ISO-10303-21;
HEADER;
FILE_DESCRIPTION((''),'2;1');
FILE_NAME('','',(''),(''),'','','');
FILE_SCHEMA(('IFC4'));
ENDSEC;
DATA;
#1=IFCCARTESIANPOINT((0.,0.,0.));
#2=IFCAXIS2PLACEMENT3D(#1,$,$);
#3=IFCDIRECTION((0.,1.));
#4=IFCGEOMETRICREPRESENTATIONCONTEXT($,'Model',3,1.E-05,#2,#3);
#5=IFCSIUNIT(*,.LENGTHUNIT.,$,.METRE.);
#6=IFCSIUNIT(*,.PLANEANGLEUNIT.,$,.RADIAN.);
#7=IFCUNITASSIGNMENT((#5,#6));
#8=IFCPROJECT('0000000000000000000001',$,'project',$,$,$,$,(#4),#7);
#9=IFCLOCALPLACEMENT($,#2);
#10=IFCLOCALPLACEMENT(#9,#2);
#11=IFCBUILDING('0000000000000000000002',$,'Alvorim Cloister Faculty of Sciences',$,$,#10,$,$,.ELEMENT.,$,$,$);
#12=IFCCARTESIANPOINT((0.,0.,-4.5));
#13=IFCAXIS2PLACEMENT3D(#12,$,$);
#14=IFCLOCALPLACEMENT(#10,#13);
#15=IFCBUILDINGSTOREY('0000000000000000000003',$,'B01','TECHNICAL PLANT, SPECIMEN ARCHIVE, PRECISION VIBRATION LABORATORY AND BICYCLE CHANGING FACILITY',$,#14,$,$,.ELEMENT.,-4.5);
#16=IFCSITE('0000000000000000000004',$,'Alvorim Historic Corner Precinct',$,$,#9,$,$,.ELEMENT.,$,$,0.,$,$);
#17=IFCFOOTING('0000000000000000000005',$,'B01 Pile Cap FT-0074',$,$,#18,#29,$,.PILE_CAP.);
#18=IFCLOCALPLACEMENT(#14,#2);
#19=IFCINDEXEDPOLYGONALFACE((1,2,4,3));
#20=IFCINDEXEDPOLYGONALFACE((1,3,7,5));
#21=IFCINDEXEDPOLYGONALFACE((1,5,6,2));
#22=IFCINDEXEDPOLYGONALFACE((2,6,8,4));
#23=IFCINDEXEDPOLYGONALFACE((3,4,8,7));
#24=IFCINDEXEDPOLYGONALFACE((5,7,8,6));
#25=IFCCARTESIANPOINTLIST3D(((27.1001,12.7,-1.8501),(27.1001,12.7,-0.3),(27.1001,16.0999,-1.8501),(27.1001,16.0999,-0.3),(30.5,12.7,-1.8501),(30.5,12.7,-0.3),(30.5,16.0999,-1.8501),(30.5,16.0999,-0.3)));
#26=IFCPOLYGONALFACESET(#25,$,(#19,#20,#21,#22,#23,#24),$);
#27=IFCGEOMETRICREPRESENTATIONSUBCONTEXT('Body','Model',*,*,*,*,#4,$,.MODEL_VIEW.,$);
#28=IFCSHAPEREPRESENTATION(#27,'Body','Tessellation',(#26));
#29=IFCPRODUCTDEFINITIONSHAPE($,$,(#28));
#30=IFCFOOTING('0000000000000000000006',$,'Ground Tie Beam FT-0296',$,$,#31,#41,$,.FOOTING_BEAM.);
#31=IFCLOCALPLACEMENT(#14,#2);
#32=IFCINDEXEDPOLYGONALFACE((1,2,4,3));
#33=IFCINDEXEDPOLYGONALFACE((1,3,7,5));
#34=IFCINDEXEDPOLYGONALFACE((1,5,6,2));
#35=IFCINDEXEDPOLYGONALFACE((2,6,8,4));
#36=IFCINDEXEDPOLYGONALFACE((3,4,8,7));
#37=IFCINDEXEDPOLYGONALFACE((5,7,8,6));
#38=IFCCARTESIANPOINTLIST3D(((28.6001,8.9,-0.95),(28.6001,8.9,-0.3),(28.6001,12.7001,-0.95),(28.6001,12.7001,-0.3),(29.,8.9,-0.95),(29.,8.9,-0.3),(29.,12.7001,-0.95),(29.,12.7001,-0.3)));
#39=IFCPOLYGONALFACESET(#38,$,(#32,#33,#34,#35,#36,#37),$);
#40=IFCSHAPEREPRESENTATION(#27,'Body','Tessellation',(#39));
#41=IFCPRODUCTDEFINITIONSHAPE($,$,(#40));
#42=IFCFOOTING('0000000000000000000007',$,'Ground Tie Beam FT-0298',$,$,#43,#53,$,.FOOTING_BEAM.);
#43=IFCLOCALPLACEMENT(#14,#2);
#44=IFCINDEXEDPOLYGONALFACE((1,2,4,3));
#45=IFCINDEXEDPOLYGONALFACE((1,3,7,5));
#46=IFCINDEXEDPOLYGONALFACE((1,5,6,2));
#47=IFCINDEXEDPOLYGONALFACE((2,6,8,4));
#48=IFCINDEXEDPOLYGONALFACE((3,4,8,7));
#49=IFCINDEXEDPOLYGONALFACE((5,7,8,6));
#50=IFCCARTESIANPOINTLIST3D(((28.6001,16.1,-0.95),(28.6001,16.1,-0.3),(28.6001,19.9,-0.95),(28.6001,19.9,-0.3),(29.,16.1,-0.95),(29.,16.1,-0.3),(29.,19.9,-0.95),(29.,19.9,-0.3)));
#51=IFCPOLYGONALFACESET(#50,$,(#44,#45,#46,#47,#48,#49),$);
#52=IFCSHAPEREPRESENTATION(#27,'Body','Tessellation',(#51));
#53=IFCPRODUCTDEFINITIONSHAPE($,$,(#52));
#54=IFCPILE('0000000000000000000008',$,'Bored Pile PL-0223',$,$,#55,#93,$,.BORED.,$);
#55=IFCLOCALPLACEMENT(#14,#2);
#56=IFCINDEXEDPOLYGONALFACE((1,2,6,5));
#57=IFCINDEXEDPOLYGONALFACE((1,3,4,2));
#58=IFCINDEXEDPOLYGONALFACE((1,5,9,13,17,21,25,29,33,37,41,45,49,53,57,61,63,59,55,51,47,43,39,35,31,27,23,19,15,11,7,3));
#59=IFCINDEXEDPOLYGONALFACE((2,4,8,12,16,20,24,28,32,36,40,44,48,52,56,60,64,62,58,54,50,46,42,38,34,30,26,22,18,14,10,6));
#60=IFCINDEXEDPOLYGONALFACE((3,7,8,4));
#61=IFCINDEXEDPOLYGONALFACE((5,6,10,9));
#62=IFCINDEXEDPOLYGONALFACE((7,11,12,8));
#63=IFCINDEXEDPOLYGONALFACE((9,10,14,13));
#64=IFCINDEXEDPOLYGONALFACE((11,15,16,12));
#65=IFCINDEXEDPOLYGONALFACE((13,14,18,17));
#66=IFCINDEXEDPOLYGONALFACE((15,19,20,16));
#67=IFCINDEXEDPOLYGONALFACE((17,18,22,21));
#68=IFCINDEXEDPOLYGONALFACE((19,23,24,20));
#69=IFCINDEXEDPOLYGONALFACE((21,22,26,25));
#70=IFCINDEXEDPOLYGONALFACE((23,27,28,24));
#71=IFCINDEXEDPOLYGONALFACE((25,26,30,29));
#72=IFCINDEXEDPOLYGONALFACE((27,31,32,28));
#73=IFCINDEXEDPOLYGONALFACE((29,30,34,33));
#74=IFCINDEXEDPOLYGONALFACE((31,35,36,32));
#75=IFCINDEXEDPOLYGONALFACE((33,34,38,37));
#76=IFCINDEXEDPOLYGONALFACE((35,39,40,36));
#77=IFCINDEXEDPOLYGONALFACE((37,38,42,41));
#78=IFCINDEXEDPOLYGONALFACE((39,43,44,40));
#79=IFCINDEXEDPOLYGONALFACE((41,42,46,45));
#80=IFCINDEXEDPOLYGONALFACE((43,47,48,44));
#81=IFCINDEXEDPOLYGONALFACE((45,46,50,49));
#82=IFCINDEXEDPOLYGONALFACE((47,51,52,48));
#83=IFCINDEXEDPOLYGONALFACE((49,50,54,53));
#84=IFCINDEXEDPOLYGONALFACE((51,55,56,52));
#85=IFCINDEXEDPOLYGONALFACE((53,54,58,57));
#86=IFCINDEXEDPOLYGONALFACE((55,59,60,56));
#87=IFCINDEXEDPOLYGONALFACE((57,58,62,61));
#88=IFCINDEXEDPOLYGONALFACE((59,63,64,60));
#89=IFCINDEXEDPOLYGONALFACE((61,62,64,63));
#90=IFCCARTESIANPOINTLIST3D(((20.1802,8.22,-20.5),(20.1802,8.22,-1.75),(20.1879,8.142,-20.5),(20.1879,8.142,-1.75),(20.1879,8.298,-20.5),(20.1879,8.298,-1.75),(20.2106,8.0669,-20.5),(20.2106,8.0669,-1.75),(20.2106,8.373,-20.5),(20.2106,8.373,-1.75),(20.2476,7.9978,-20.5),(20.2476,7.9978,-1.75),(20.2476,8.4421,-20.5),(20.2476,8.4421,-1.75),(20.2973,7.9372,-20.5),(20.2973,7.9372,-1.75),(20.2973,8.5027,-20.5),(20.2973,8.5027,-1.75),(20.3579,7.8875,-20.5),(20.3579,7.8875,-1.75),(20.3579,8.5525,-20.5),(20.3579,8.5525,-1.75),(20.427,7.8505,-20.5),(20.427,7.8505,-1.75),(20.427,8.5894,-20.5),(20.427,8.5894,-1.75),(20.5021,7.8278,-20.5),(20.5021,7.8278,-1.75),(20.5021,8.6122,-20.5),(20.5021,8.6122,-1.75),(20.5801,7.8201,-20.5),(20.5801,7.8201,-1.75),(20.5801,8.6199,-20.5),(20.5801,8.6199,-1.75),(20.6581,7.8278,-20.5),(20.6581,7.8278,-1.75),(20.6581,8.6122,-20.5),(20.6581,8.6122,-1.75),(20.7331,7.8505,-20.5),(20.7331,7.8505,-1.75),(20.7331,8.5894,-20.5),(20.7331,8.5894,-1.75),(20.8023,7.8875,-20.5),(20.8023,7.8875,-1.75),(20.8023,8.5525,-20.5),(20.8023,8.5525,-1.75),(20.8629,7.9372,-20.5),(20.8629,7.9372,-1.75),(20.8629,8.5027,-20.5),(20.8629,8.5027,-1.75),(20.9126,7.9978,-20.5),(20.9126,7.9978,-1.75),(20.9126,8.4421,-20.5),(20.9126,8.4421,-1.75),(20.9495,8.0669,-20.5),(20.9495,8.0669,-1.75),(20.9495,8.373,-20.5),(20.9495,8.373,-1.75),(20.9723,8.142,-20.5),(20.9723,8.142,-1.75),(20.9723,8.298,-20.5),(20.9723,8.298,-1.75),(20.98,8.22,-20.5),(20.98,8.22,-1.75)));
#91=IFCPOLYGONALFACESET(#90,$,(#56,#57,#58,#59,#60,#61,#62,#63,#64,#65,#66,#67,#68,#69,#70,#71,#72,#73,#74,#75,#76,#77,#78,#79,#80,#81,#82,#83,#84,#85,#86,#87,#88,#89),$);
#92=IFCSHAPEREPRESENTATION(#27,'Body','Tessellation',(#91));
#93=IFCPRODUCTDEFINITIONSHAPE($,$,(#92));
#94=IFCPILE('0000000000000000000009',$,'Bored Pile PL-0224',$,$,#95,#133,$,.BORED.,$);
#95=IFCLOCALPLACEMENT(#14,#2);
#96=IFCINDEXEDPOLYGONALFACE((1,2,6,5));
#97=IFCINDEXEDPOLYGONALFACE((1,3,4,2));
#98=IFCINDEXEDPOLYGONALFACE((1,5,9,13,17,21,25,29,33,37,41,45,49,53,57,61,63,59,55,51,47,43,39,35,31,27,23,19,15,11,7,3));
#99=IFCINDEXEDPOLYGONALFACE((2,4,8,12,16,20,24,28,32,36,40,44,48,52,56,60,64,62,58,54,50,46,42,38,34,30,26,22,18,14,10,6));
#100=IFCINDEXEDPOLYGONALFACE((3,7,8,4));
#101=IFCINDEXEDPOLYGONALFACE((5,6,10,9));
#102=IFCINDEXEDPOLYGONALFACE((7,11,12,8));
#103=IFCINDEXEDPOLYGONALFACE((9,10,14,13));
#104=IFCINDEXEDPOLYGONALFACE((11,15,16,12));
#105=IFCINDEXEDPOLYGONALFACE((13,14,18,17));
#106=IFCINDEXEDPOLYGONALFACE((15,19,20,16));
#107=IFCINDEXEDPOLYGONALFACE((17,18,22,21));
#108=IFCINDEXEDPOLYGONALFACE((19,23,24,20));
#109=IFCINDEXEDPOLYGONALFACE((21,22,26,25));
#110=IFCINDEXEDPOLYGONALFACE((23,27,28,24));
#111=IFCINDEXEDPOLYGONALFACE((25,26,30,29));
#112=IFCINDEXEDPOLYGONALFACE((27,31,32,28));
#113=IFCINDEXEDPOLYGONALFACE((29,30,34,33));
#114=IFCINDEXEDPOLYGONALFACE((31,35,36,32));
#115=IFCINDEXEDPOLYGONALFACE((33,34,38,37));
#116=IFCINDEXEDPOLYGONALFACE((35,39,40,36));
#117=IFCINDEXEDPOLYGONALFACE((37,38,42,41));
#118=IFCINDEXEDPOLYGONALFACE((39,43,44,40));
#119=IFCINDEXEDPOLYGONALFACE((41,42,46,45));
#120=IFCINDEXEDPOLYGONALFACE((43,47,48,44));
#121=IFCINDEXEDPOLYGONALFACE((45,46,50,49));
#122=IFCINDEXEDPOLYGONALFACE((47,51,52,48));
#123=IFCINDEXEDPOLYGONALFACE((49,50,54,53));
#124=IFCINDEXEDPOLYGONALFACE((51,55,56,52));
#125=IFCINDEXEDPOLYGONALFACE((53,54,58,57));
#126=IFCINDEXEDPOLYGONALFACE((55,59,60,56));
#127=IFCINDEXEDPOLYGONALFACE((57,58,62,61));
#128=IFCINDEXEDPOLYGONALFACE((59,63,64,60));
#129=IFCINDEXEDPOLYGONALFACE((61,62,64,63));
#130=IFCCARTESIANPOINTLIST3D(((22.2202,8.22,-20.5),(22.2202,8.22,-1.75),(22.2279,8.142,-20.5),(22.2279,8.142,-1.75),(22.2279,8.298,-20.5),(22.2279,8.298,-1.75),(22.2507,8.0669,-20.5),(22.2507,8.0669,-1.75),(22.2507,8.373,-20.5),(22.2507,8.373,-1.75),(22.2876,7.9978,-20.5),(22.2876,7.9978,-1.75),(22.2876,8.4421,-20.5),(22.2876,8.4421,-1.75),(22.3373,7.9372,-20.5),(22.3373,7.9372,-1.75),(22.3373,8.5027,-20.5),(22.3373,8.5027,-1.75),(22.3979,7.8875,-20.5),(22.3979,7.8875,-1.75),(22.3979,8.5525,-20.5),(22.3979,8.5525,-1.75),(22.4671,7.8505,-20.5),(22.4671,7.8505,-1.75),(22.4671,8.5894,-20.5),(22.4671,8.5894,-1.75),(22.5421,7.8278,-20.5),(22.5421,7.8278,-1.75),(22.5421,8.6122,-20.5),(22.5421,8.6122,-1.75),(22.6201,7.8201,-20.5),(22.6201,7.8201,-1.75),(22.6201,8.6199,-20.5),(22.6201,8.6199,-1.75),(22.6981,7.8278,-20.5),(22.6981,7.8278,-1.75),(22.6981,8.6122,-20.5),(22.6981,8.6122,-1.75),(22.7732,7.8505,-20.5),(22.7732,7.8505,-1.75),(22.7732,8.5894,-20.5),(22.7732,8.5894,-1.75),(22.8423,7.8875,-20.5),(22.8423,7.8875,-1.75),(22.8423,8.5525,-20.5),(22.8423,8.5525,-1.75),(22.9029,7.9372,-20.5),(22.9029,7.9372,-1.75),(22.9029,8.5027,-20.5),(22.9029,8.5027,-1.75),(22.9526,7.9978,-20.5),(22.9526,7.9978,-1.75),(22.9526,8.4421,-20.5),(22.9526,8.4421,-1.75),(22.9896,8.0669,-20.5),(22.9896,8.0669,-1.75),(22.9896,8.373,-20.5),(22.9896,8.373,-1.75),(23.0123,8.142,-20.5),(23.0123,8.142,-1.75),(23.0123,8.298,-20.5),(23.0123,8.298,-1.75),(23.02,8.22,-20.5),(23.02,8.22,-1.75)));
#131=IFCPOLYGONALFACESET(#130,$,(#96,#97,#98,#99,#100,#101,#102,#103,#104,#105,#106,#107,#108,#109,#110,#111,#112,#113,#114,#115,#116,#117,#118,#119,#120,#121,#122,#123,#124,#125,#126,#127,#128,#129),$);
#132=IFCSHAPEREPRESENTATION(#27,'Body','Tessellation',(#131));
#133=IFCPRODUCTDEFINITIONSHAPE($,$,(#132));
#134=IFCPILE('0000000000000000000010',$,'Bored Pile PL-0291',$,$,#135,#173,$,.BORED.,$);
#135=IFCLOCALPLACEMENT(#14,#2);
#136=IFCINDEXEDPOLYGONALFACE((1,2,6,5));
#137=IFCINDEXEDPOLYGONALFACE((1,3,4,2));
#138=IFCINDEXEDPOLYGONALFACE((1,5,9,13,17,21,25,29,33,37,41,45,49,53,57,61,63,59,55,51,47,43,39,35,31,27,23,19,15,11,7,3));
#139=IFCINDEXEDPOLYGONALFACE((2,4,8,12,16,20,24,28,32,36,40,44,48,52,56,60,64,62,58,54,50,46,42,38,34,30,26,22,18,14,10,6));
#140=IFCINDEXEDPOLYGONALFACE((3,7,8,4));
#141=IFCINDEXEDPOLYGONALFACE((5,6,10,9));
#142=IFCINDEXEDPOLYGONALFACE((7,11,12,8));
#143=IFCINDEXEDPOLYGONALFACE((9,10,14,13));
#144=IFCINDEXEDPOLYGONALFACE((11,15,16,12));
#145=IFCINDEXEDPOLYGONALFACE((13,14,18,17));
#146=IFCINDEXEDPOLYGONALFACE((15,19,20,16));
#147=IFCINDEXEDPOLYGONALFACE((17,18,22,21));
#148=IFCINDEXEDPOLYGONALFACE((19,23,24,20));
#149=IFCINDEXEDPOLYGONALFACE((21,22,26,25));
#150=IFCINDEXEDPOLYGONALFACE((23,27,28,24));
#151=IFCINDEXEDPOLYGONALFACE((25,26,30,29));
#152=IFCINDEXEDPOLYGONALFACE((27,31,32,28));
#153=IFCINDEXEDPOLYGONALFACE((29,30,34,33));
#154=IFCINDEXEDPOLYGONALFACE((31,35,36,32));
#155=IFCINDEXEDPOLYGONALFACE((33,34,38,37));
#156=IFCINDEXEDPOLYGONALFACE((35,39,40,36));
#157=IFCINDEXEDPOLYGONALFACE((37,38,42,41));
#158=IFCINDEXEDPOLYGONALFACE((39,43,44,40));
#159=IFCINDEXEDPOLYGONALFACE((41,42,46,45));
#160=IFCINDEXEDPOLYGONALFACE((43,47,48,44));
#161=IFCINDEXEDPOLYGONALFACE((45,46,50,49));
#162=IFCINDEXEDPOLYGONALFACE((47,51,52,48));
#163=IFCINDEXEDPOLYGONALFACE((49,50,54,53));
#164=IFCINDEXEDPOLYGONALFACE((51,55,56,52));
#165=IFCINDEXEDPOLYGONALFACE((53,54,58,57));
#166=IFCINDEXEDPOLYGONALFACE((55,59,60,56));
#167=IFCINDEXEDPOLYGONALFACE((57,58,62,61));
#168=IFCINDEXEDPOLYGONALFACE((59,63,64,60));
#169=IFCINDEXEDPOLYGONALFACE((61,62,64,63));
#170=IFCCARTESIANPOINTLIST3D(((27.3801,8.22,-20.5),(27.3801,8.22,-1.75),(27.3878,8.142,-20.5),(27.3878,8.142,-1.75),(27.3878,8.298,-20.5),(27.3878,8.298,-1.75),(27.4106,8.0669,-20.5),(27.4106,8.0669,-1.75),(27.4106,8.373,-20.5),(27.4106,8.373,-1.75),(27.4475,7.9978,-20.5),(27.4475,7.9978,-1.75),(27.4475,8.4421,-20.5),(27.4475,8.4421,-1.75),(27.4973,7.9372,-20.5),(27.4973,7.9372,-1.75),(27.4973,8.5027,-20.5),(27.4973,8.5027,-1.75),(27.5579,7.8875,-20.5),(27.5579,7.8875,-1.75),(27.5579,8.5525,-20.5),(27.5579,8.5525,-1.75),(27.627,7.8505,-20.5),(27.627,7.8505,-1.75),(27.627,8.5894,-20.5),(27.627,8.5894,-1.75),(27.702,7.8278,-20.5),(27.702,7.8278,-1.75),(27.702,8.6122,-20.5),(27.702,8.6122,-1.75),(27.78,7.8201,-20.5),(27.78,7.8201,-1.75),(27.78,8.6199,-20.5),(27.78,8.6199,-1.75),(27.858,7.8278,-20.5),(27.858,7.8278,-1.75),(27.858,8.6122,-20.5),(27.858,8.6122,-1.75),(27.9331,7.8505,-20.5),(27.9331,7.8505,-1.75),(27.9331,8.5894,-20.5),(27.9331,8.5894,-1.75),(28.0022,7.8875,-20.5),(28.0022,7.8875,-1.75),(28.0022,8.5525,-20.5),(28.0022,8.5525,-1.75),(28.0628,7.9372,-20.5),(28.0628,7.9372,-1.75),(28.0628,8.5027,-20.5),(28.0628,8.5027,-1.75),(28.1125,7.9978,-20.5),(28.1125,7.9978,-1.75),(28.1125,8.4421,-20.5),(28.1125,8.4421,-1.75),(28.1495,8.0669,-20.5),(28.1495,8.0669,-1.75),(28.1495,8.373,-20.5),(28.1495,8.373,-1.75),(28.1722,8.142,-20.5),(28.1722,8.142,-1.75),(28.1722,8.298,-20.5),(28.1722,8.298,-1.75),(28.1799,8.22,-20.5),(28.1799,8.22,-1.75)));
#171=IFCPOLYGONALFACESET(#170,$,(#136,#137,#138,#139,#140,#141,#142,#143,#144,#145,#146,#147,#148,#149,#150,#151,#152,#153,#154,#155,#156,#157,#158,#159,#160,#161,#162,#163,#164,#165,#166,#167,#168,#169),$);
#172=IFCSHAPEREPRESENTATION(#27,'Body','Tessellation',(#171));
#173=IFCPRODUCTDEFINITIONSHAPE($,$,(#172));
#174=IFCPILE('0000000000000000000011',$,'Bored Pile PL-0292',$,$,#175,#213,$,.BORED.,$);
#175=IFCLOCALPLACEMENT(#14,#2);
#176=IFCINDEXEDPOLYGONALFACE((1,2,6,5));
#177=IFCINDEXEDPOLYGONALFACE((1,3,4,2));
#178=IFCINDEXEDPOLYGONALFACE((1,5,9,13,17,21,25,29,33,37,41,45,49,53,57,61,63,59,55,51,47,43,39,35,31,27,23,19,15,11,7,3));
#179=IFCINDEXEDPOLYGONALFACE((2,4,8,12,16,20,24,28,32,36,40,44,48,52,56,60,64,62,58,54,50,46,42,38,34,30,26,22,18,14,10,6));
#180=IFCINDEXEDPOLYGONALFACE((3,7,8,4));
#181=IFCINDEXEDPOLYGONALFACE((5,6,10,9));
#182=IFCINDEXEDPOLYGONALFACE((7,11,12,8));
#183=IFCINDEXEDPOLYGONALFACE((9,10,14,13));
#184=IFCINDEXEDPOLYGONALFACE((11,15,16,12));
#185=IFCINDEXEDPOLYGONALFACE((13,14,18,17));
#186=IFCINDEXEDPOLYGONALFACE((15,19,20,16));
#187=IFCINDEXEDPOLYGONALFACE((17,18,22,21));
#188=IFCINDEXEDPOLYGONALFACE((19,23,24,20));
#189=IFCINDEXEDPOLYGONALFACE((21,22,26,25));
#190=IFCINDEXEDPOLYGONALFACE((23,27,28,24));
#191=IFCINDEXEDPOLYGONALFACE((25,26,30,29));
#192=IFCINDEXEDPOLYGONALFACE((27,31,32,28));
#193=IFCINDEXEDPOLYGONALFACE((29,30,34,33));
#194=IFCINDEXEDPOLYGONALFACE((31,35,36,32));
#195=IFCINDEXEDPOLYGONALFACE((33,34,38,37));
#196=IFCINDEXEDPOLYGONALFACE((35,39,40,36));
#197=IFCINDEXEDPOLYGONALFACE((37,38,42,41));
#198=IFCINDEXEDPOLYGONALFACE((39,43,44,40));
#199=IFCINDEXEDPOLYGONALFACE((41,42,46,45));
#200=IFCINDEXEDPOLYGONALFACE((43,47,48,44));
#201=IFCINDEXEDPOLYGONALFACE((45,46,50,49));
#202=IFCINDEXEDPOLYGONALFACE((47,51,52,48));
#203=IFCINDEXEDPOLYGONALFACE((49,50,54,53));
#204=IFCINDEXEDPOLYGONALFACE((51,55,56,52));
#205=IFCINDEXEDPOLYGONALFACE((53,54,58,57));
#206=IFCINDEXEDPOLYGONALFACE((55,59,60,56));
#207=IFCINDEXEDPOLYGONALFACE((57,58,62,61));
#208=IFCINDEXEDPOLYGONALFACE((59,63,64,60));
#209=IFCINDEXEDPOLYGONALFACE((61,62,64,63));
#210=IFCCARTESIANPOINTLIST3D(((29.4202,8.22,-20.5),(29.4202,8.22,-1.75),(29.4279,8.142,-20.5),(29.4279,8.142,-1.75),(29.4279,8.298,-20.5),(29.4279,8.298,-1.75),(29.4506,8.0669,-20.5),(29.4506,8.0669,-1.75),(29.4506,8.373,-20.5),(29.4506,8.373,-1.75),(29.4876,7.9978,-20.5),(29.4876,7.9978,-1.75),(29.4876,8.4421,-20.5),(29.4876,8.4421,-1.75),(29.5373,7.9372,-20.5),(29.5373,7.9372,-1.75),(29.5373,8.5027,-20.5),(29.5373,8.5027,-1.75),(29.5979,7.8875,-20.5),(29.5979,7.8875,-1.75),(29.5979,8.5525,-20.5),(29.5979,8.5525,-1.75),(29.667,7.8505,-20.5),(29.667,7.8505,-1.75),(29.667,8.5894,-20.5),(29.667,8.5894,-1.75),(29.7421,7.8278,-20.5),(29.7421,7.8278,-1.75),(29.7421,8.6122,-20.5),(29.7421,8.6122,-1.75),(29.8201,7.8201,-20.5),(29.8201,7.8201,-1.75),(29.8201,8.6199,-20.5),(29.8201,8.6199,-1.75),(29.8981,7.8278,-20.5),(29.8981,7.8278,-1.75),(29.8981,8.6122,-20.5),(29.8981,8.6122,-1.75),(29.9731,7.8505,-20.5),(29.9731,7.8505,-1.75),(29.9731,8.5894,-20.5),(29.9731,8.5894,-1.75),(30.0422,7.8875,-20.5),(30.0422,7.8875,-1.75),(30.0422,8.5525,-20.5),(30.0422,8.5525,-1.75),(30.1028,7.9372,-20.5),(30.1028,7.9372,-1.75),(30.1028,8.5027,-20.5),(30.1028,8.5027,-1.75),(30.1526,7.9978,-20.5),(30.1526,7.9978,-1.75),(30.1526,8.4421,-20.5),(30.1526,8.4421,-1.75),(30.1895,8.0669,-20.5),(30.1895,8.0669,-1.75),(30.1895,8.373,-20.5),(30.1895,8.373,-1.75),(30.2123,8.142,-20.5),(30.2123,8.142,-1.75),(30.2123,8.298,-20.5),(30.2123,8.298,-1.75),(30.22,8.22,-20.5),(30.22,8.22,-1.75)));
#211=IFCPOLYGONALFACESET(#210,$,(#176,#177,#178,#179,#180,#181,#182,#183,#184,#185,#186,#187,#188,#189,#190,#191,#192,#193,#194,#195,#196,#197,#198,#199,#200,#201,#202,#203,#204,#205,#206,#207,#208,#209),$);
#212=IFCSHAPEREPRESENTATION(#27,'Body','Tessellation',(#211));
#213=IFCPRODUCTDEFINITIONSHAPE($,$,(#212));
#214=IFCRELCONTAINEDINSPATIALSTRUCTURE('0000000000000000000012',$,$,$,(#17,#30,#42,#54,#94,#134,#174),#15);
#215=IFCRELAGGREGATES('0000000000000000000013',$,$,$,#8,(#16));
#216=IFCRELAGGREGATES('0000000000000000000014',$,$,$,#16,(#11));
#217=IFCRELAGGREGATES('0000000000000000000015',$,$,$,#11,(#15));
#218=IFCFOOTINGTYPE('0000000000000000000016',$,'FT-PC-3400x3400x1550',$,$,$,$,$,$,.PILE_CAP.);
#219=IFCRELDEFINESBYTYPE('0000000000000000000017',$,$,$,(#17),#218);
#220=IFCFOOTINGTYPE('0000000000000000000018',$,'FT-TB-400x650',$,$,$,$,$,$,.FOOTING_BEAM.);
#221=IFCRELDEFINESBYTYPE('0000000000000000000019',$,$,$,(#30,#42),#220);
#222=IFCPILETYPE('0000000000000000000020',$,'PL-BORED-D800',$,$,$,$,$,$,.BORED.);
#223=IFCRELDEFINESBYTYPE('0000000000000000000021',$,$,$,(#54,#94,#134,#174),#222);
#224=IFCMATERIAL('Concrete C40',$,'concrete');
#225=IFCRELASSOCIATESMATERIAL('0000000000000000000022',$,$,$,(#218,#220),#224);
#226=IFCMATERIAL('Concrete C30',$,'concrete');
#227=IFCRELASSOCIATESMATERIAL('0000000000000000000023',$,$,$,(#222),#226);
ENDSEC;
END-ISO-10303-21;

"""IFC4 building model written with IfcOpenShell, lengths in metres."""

from ifc_helpers import new_model, si_unit, direction, frame, origin, origin_2d, place, context, subcontext, project, spatial, rectangle, circle, extrude, material, material_profile, profile_set, type_object, element, save


model = new_model("IFC4")

# Units and contexts
model_context = context("Model", 3, precision=1e-05, world=origin(), true_north=direction((0.0, 1.0)))
body_context = subcontext(model_context, "Body", "Model", "MODEL_VIEW")
ifc_project = project(units=[si_unit("LENGTHUNIT", "METRE"), si_unit("PLANEANGLEUNIT", "RADIAN")], contexts=[model_context])

# Site, building, storey
site_placement = place(None, origin())
site = spatial("IfcSite", under=ifc_project, at=site_placement, Name="Alvorim Historic Corner Precinct", CompositionType="ELEMENT", RefElevation=0.0)
building_placement = place(site_placement, origin())
building = spatial("IfcBuilding", under=site, at=building_placement, Name="Alvorim Cloister Faculty of Sciences", CompositionType="ELEMENT")
storey_placement = place(building_placement, frame((0.0, 0.0, -4.5)))
storey = spatial("IfcBuildingStorey", under=building, at=storey_placement, Name="B01", Description="TECHNICAL PLANT, SPECIMEN ARCHIVE, PRECISION VIBRATION LABORATORY AND BICYCLE CHANGING FACILITY", CompositionType="ELEMENT", Elevation=-4.5)

# Footings
ifc_material_1 = material(Name="Concrete C40", Category="concrete")
footing_type_1 = type_object("IfcFootingType", Name="FT-PC-3400x3400x1550", PredefinedType="PILE_CAP", material=ifc_material_1)
footing_placement = place(storey_placement, frame((28.8, 14.3999, -1.8501), z_axis=(0.0, 0.0, 1.0), x_axis=(1.0, 0.0, 0.0)))
element("IfcFooting", 1, at=footing_placement, inside=storey, type_object=footing_type_1, Name="B01 Pile Cap FT-0074", PredefinedType="PILE_CAP", context=body_context, shape_type="SweptSolid", body=[
    extrude(rectangle(XDim=3.3999, YDim=3.3999, at=origin_2d()), origin(), (0.0, 0.0, 1.0), 1.55),
])
footing_type_2 = type_object("IfcFootingType", Name="FT-TB-400x650", PredefinedType="FOOTING_BEAM", material=ifc_material_1)
for number, where, z_axis, x_axis, name in (
    (2, (28.8, 10.8, -0.95), (0.0, 0.0, 1.0), (1.0, 0.0, 0.0), "Ground Tie Beam FT-0296"),
    (3, (28.8, 18.0, -0.95), (0.0, 0.0, 1.0), (1.0, 0.0, 0.0), "Ground Tie Beam FT-0298"),
):
    element("IfcFooting", number, at=place(storey_placement, frame(where, z_axis=z_axis, x_axis=x_axis)), inside=storey, type_object=footing_type_2, Name=name, PredefinedType="FOOTING_BEAM", context=body_context, shape_type="SweptSolid", body=[
        extrude(rectangle(XDim=0.3999, YDim=3.8, at=origin_2d()), origin(), (0.0, 0.0, 1.0), 0.6499),
    ])

# Piles
ifc_material_2 = material(Name="Concrete C30", Category="concrete")
ifc_material_profile_1 = material_profile(ifc_material_2, circle(Radius=0.3999, at=origin_2d()), Name="PILE-D800")
ifc_profile_set_1 = profile_set([ifc_material_profile_1], Name="Concrete C30")
pile_type = type_object("IfcPileType", Name="PL-BORED-D800", PredefinedType="BORED", material=ifc_profile_set_1)
for number, where, z_axis, x_axis, name in (
    (4, (20.5801, 8.22, -1.75), (0.0, 0.0, -1.0), (1.0, 0.0, 0.0), "Bored Pile PL-0223"),
    (5, (22.6201, 8.22, -1.75), (0.0, 0.0, -1.0), (1.0, 0.0, 0.0), "Bored Pile PL-0224"),
    (6, (27.78, 8.22, -1.75), (0.0, 0.0, -1.0), (1.0, 0.0, 0.0), "Bored Pile PL-0291"),
    (7, (29.8201, 8.22, -1.75), (0.0, 0.0, -1.0), (1.0, 0.0, 0.0), "Bored Pile PL-0292"),
):
    element("IfcPile", number, at=place(storey_placement, frame(where, z_axis=z_axis, x_axis=x_axis)), inside=storey, type_object=pile_type, Name=name, PredefinedType="BORED", context=body_context, shape_type="SweptSolid", body=[
        extrude(circle(Radius=0.3999, at=origin_2d()), origin(), (0.0, 0.0, 1.0), 18.75),
    ])

save(model, "model.ifc")
